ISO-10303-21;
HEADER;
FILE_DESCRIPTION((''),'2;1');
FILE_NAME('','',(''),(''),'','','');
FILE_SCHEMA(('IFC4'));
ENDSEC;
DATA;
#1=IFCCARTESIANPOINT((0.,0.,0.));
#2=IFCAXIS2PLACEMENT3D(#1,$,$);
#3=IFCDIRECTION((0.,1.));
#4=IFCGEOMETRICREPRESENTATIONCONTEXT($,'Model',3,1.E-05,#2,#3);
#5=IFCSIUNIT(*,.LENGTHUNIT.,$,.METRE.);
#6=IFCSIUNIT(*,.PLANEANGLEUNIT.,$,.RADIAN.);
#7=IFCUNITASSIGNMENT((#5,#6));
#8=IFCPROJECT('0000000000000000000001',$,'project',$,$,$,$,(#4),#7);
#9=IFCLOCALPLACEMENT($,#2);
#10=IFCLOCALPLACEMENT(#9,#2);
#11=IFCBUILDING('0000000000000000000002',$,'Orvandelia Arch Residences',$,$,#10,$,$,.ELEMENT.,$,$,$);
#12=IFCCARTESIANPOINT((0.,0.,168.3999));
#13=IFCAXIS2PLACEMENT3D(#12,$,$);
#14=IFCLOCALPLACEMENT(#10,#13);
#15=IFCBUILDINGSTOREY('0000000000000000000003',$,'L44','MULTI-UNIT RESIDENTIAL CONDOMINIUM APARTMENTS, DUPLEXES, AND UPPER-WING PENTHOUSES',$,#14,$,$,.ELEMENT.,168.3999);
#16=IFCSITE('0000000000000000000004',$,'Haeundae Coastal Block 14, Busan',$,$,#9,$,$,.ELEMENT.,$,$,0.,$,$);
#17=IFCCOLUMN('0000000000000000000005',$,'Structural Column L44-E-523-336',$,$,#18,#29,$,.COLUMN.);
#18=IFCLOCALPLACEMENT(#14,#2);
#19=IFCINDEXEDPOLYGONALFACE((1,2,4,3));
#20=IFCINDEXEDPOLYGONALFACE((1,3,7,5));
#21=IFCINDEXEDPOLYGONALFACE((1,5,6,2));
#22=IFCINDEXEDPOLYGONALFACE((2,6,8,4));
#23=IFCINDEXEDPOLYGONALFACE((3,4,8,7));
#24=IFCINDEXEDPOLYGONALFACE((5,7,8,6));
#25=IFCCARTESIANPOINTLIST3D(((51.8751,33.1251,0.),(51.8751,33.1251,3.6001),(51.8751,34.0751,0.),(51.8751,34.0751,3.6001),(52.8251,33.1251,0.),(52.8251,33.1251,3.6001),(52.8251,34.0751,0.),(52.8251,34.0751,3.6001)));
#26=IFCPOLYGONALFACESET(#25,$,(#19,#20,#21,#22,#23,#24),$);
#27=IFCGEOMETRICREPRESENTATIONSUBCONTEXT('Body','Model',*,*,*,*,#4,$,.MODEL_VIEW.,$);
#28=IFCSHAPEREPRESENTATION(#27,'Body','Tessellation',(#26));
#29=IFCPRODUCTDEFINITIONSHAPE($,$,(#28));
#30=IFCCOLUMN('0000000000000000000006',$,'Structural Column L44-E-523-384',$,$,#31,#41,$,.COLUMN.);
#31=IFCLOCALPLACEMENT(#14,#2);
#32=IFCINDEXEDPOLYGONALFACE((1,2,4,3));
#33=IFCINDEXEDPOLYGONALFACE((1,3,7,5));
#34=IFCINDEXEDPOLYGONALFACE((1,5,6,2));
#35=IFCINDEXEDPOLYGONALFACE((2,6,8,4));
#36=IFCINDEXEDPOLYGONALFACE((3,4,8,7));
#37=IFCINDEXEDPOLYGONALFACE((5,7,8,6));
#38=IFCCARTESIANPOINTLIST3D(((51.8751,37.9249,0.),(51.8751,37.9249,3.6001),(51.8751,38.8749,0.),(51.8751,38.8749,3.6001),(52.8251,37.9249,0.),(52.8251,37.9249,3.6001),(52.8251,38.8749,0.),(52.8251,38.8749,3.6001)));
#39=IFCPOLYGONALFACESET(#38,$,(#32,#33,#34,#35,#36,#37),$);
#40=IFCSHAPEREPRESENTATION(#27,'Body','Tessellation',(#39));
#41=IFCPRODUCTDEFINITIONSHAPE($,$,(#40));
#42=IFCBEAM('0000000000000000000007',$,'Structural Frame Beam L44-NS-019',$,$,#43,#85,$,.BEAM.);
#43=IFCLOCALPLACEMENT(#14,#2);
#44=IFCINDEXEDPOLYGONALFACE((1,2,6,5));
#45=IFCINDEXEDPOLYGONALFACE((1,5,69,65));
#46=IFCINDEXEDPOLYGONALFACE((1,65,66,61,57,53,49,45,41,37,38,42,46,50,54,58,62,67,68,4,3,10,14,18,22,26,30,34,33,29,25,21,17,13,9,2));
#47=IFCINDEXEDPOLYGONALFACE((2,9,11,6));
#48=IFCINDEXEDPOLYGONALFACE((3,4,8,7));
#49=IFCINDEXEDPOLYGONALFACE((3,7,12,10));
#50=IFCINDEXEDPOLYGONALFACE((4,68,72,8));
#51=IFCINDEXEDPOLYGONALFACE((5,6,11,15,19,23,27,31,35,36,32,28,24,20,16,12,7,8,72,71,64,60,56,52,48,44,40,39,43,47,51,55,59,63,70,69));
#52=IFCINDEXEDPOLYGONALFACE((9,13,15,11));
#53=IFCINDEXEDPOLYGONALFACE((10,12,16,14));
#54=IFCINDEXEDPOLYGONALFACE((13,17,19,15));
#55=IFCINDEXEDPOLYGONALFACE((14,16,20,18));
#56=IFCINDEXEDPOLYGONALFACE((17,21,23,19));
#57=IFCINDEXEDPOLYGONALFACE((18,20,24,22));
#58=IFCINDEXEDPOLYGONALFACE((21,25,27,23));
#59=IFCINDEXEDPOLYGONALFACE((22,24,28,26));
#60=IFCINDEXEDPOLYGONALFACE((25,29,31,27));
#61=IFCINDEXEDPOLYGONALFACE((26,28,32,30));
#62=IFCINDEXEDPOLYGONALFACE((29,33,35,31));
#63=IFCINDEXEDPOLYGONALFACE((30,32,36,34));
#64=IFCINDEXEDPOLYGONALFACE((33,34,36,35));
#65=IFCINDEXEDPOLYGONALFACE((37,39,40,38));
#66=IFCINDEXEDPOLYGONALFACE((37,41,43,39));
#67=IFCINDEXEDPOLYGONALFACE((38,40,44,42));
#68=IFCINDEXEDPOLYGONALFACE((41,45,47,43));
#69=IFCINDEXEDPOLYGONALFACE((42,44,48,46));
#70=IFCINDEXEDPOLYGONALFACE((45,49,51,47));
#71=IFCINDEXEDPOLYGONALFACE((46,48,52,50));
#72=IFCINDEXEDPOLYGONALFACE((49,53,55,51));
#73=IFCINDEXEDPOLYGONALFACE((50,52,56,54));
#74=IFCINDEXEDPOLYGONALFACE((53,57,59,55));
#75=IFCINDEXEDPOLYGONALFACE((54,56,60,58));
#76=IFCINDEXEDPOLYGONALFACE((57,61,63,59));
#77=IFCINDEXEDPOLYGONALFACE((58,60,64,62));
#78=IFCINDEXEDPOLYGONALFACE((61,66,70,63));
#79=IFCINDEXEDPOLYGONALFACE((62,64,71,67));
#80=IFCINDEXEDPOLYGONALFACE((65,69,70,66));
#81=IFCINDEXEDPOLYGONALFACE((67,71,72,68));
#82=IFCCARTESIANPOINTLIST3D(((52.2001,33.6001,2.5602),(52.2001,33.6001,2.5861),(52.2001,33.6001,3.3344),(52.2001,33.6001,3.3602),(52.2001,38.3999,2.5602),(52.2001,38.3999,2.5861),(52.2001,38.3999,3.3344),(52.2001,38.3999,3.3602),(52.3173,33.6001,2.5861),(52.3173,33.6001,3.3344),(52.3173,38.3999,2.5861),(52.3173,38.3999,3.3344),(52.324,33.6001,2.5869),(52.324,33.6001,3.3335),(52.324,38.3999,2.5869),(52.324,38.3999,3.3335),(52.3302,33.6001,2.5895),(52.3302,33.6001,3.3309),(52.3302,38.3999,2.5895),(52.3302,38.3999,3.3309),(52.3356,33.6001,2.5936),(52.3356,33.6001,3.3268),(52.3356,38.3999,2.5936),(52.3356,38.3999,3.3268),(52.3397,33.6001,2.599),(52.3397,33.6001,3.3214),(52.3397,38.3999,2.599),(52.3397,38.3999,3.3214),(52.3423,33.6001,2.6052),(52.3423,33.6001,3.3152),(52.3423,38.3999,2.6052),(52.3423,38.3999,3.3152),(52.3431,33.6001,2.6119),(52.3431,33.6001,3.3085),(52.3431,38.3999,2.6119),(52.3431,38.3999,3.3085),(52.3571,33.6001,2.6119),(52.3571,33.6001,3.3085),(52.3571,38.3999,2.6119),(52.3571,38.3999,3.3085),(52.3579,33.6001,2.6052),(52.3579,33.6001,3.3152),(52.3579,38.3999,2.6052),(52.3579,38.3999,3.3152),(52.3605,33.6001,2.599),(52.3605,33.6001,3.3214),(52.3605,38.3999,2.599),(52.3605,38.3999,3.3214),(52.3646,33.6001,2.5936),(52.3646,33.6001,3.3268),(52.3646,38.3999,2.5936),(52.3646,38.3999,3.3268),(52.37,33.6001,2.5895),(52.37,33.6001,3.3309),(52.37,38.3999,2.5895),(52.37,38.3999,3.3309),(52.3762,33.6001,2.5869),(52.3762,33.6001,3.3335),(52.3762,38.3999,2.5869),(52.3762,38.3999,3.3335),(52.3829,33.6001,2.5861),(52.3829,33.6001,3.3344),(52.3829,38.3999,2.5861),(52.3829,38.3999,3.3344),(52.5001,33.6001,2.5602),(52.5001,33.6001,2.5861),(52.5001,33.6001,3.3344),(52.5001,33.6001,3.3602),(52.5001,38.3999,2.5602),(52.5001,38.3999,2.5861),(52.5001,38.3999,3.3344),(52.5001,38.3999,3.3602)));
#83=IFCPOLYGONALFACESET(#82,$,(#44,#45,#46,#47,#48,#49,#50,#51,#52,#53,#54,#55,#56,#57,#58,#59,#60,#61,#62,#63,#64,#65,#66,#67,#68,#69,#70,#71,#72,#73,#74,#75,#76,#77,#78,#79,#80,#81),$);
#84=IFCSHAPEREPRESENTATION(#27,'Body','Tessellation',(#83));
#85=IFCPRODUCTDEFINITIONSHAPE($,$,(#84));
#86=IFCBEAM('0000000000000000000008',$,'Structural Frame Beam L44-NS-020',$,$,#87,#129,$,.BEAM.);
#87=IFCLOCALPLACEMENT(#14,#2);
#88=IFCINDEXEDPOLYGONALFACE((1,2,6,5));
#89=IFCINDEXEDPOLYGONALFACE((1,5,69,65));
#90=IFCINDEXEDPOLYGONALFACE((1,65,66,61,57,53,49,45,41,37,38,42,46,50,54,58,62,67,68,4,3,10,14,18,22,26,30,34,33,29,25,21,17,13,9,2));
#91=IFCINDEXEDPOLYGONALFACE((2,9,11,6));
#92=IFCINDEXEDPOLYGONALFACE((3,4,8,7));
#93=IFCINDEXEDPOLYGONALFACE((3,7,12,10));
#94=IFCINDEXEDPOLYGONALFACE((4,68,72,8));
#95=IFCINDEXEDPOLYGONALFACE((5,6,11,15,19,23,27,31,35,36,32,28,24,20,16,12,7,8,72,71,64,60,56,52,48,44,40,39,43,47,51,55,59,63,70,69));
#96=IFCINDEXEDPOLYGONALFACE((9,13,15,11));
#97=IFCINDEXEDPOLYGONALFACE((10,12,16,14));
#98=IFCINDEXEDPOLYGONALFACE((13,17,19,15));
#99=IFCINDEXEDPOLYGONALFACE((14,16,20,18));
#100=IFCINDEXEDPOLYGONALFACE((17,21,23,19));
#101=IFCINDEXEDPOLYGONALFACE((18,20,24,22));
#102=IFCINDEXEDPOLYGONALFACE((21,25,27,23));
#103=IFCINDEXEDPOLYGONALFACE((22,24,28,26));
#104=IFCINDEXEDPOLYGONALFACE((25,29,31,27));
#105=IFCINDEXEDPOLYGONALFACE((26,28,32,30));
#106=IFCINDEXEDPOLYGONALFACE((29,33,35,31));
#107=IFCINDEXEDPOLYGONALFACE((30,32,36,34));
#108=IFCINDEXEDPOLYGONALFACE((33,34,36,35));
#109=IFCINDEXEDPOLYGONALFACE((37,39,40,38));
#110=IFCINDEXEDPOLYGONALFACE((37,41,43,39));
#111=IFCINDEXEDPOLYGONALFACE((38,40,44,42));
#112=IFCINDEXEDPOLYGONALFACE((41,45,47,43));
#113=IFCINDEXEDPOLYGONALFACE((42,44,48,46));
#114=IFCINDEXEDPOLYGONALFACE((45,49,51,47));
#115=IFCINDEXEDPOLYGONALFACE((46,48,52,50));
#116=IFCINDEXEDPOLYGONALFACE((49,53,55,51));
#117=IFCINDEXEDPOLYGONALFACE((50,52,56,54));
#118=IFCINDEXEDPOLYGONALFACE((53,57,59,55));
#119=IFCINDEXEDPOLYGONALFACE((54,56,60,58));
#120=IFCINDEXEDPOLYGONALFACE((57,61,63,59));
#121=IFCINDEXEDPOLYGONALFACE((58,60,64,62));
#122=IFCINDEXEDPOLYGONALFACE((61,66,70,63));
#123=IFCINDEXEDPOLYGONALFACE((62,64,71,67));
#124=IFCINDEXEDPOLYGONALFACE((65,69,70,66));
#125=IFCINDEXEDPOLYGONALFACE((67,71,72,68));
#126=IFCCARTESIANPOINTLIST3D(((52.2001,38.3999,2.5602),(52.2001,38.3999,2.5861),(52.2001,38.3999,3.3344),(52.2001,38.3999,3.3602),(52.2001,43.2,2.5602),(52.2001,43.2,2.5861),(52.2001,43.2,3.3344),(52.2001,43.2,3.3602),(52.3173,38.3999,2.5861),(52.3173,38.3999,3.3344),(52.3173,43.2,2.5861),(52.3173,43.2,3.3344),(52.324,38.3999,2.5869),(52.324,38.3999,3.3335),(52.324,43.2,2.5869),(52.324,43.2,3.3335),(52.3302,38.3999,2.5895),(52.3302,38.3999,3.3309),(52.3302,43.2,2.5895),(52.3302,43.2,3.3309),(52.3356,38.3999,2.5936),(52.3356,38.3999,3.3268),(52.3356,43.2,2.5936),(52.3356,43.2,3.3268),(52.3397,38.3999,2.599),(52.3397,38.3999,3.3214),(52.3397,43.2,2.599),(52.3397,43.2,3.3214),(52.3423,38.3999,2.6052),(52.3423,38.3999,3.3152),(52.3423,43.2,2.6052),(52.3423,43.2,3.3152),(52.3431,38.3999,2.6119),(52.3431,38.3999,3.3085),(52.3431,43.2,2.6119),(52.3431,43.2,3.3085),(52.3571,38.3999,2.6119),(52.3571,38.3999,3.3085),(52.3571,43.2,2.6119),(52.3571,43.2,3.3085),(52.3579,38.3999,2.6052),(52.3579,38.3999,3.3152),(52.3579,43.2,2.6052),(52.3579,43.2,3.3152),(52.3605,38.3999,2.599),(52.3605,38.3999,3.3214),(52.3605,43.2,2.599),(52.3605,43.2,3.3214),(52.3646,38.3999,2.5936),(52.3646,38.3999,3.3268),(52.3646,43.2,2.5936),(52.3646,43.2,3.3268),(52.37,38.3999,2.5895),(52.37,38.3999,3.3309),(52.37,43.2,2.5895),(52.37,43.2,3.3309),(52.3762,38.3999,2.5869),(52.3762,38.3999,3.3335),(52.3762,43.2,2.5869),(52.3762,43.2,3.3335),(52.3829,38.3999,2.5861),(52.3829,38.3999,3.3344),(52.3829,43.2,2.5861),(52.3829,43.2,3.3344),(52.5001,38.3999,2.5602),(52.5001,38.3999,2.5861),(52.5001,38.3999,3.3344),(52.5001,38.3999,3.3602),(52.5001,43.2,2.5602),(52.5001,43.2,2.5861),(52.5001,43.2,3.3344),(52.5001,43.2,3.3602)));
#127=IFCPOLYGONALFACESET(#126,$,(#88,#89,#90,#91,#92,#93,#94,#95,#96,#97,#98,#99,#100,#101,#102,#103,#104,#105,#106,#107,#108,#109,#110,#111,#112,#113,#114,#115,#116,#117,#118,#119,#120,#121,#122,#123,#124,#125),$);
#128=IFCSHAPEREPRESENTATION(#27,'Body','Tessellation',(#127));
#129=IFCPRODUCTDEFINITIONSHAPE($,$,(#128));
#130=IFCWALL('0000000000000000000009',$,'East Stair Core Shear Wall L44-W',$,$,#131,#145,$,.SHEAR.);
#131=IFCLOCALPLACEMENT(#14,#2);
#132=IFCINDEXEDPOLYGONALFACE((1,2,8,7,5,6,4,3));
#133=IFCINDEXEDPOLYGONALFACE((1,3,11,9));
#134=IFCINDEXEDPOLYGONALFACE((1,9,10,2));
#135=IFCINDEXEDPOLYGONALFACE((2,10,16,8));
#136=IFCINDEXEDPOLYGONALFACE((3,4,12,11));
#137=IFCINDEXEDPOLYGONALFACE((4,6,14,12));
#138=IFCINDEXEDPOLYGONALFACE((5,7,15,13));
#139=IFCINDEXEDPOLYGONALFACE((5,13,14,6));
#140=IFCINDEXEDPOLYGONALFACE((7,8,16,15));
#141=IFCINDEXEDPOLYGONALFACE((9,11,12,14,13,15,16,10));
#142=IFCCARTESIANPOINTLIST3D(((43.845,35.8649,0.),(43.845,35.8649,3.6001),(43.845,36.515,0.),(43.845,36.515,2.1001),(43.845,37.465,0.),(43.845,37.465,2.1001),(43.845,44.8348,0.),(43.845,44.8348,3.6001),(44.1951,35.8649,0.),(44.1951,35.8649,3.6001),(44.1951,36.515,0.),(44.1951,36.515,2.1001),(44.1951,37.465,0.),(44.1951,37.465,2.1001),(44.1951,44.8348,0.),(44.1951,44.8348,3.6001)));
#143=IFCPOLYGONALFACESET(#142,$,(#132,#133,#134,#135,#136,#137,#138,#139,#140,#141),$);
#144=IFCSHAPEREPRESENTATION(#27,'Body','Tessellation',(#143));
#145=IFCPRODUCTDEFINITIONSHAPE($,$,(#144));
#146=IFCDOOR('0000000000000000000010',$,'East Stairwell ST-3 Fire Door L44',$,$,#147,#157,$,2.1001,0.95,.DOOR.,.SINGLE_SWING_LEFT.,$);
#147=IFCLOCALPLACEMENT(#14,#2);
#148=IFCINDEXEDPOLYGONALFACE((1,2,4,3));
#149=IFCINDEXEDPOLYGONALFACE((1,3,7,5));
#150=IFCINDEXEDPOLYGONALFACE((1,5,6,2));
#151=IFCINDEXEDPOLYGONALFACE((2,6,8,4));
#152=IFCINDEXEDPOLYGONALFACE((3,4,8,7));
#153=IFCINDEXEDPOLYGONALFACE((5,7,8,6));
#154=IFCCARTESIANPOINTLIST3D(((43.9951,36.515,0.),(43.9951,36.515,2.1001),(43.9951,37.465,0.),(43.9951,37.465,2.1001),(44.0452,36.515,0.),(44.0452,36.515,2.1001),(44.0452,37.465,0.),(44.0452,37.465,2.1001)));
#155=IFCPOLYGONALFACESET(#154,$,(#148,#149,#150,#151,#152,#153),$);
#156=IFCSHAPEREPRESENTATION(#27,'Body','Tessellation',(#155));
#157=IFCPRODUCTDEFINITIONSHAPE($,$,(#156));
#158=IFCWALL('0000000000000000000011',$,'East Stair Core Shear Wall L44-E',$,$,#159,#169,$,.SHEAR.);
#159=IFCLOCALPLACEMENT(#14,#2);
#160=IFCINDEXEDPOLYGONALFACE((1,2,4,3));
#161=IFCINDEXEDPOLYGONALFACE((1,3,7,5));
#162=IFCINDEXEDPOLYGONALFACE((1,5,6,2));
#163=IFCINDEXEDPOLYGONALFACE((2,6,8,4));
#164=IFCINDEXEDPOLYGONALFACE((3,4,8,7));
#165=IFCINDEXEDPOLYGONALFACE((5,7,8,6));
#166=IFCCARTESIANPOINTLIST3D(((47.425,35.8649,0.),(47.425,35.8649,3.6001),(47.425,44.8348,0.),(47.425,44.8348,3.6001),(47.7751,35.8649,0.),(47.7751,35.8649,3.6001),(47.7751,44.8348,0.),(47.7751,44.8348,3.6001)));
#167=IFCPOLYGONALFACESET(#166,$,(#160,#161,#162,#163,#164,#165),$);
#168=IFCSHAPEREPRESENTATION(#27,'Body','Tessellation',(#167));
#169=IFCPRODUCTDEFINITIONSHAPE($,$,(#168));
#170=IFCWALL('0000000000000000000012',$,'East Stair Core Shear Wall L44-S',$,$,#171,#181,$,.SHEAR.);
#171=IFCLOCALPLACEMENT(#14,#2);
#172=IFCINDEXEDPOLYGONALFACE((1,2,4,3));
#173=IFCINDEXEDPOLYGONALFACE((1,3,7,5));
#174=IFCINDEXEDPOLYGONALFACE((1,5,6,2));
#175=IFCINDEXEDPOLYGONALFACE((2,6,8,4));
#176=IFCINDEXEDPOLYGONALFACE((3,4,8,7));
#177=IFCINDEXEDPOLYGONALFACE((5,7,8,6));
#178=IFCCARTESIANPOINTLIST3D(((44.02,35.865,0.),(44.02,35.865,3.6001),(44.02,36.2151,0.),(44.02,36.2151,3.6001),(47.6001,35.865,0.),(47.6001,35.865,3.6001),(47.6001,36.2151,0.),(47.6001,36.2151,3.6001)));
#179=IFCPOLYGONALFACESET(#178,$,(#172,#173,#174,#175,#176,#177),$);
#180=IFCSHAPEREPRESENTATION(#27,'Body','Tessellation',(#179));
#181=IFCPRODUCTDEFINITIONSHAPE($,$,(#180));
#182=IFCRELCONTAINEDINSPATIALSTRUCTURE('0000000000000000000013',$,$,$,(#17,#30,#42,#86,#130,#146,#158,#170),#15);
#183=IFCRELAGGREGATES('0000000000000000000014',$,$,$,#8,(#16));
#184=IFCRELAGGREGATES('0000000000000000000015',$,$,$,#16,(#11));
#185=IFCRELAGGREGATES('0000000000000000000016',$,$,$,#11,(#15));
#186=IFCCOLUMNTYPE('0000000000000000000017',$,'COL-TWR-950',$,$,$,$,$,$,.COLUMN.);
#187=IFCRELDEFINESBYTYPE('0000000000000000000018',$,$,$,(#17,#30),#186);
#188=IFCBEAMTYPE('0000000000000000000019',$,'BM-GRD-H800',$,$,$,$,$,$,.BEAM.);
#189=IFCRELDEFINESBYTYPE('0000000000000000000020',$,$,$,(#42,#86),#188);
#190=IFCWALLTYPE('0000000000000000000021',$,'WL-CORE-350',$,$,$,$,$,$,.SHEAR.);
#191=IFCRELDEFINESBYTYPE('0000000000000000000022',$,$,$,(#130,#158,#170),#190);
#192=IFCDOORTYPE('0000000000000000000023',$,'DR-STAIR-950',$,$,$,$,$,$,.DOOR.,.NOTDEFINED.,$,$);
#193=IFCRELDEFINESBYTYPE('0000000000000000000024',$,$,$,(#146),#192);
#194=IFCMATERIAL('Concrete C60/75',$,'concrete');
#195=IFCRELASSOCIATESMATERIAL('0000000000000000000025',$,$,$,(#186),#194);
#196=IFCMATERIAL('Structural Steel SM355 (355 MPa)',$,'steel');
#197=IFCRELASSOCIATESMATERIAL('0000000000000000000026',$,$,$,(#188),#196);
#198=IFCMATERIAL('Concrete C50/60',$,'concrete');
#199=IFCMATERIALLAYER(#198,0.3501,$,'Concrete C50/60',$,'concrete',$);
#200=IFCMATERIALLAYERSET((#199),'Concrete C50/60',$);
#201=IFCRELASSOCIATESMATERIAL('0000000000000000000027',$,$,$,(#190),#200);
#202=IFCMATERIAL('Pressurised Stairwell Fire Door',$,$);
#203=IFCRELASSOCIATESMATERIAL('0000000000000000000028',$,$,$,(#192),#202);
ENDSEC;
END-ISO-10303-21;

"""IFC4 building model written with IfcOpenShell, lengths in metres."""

from ifc_helpers import new_model, si_unit, direction, frame, frame_2d, origin, origin_2d, place, context, subcontext, project, spatial, rectangle, i_section, extrude, material, layer, layer_set, material_profile, profile_set, type_object, element, fill, save


model = new_model("IFC4")

# Units and contexts
model_context = context("Model", 3, precision=1e-05, world=origin(), true_north=direction((0.0, 1.0)))
body_context = subcontext(model_context, "Body", "Model", "MODEL_VIEW")
ifc_project = project(units=[si_unit("LENGTHUNIT", "METRE"), si_unit("PLANEANGLEUNIT", "RADIAN")], contexts=[model_context])

# Site, building, storey
site_placement = place(None, origin())
site = spatial("IfcSite", under=ifc_project, at=site_placement, Name="Haeundae Coastal Block 14, Busan", CompositionType="ELEMENT", RefElevation=0.0)
building_placement = place(site_placement, origin())
building = spatial("IfcBuilding", under=site, at=building_placement, Name="Orvandelia Arch Residences", CompositionType="ELEMENT")
storey_placement = place(building_placement, frame((0.0, 0.0, 168.3999)))
storey = spatial("IfcBuildingStorey", under=building, at=storey_placement, Name="L44", Description="MULTI-UNIT RESIDENTIAL CONDOMINIUM APARTMENTS, DUPLEXES, AND UPPER-WING PENTHOUSES", CompositionType="ELEMENT", Elevation=168.3999)

# Columns
ifc_material_1 = material(Name="Concrete C60/75", Category="concrete")
ifc_material_profile_1 = material_profile(ifc_material_1, rectangle(XDim=0.95, YDim=0.95, at=origin_2d()), Name="Concrete C60/75", Category="concrete")
ifc_profile_set_1 = profile_set([ifc_material_profile_1], Name="Concrete C60/75")
column_type = type_object("IfcColumnType", Name="COL-TWR-950", PredefinedType="COLUMN", material=ifc_profile_set_1)
for number, where, z_axis, x_axis, name in (
    (1, (52.3501, 33.6001, 0.0), (0.0, 0.0, 1.0), (1.0, 0.0, 0.0), "Structural Column L44-E-523-336"),
    (2, (52.3501, 38.3999, 0.0), (0.0, 0.0, 1.0), (1.0, 0.0, 0.0), "Structural Column L44-E-523-384"),
):
    element("IfcColumn", number, at=place(storey_placement, frame(where, z_axis=z_axis, x_axis=x_axis)), inside=storey, type_object=column_type, Name=name, PredefinedType="COLUMN", context=body_context, shape_type="SweptSolid", body=[
        extrude(rectangle(XDim=0.95, YDim=0.95, at=origin_2d()), origin(), (0.0, 0.0, 1.0), 3.6001),
    ])

# Beams
ifc_material_2 = material(Name="Structural Steel SM355 (355 MPa)", Category="steel")
ifc_material_profile_2 = material_profile(ifc_material_2, i_section(OverallWidth=0.3, OverallDepth=0.8, WebThickness=0.0139, FlangeThickness=0.0259, FilletRadius=0.0259, at=origin_2d()), Name="Structural Steel SM355 (355 MPa)", Category="steel")
ifc_profile_set_2 = profile_set([ifc_material_profile_2], Name="Structural Steel SM355 (355 MPa)")
beam_type = type_object("IfcBeamType", Name="BM-GRD-H800", PredefinedType="BEAM", material=ifc_profile_set_2)
beam_1_placement = place(storey_placement, frame((52.3501, 33.6001, 2.9602), z_axis=(0.0, 1.0, 0.0), x_axis=(-1.0, 0.0, 0.0)))
element("IfcBeam", 3, at=beam_1_placement, inside=storey, type_object=beam_type, Name="Structural Frame Beam L44-NS-019", PredefinedType="BEAM", context=body_context, shape_type="SweptSolid", body=[
    extrude(i_section(OverallWidth=0.3, OverallDepth=0.8, WebThickness=0.0139, FlangeThickness=0.0259, FilletRadius=0.0259, at=origin_2d()), origin(), (0.0, 0.0, 1.0), 4.7998),
])
beam_2_placement = place(storey_placement, frame((52.3501, 38.3999, 2.9602), z_axis=(0.0, 1.0, 0.0), x_axis=(-1.0, 0.0, 0.0)))
element("IfcBeam", 4, at=beam_2_placement, inside=storey, type_object=beam_type, Name="Structural Frame Beam L44-NS-020", PredefinedType="BEAM", context=body_context, shape_type="SweptSolid", body=[
    extrude(i_section(OverallWidth=0.3, OverallDepth=0.8, WebThickness=0.0139, FlangeThickness=0.0259, FilletRadius=0.0259, at=origin_2d()), origin(), (0.0, 0.0, 1.0), 4.8),
])

# Wall, opening, door
ifc_material_3 = material(Name="Concrete C50/60", Category="concrete")
ifc_layer_1 = layer(ifc_material_3, 0.3501, Name="Concrete C50/60", Category="concrete")
ifc_layer_set_1 = layer_set([ifc_layer_1], Name="Concrete C50/60")
wall_type_1 = type_object("IfcWallType", Name="WL-CORE-350", PredefinedType="SHEAR", material=ifc_layer_set_1)
wall_1_placement = place(storey_placement, frame((44.02, 35.865, 0.0), z_axis=(0.0, 0.0, 1.0), x_axis=(0.0, 1.0, 0.0)))
wall_1 = element("IfcWall", 5, at=wall_1_placement, inside=storey, type_object=wall_type_1, Name="East Stair Core Shear Wall L44-W", PredefinedType="SHEAR", context=body_context, shape_type="SweptSolid", body=[
    extrude(rectangle(XDim=8.97, YDim=0.3501, at=frame_2d((4.4849, 0.0))), origin(), (0.0, 0.0, 1.0), 3.6001),
])
opening_placement = place(wall_1_placement, frame((0.6499, 0.0, 0.0)))
opening = element("IfcOpeningElement", 6, at=opening_placement, cuts=wall_1, PredefinedType="OPENING", context=body_context, shape_type="SweptSolid", body=[
    extrude(rectangle(XDim=0.95, YDim=2.1001, at=frame_2d((0.4751, 1.05))), frame((0.0, 0.1851, 0.0), z_axis=(0.0, -1.0, 0.0), x_axis=(1.0, 0.0, 0.0)), (0.0, 0.0, 1.0), 0.3701),
])
ifc_material_4 = material(Name="Pressurised Stairwell Fire Door")
door_type = type_object("IfcDoorType", Name="DR-STAIR-950", OperationType="NOTDEFINED", PredefinedType="DOOR", material=ifc_material_4)
door_placement = place(opening_placement, origin())
door = element("IfcDoor", 7, at=door_placement, inside=storey, type_object=door_type, Name="East Stairwell ST-3 Fire Door L44", OperationType="SINGLE_SWING_LEFT", OverallHeight=2.1001, OverallWidth=0.95, PredefinedType="DOOR", context=body_context, shape_type="SweptSolid", body=[
    extrude(rectangle(XDim=0.95, YDim=2.1001, at=frame_2d((0.4751, 1.05))), frame((0.0, 0.0249, 0.0), z_axis=(0.0, -1.0, 0.0), x_axis=(1.0, 0.0, 0.0)), (0.0, 0.0, 1.0), 0.05),
])
fill(opening, door)

# Walls
wall_2_placement = place(storey_placement, frame((47.6001, 35.865, 0.0), z_axis=(0.0, 0.0, 1.0), x_axis=(0.0, 1.0, 0.0)))
element("IfcWall", 8, at=wall_2_placement, inside=storey, type_object=wall_type_1, Name="East Stair Core Shear Wall L44-E", PredefinedType="SHEAR", context=body_context, shape_type="SweptSolid", body=[
    extrude(rectangle(XDim=8.97, YDim=0.3501, at=frame_2d((4.4849, 0.0))), origin(), (0.0, 0.0, 1.0), 3.6001),
])
wall_3_placement = place(storey_placement, frame((44.02, 36.04, 0.0), z_axis=(0.0, 0.0, 1.0), x_axis=(1.0, 0.0, 0.0)))
element("IfcWall", 9, at=wall_3_placement, inside=storey, type_object=wall_type_1, Name="East Stair Core Shear Wall L44-S", PredefinedType="SHEAR", context=body_context, shape_type="SweptSolid", body=[
    extrude(rectangle(XDim=3.5801, YDim=0.3501, at=frame_2d((1.79, 0.0))), origin(), (0.0, 0.0, 1.0), 3.6001),
])

save(model, "model.ifc")
